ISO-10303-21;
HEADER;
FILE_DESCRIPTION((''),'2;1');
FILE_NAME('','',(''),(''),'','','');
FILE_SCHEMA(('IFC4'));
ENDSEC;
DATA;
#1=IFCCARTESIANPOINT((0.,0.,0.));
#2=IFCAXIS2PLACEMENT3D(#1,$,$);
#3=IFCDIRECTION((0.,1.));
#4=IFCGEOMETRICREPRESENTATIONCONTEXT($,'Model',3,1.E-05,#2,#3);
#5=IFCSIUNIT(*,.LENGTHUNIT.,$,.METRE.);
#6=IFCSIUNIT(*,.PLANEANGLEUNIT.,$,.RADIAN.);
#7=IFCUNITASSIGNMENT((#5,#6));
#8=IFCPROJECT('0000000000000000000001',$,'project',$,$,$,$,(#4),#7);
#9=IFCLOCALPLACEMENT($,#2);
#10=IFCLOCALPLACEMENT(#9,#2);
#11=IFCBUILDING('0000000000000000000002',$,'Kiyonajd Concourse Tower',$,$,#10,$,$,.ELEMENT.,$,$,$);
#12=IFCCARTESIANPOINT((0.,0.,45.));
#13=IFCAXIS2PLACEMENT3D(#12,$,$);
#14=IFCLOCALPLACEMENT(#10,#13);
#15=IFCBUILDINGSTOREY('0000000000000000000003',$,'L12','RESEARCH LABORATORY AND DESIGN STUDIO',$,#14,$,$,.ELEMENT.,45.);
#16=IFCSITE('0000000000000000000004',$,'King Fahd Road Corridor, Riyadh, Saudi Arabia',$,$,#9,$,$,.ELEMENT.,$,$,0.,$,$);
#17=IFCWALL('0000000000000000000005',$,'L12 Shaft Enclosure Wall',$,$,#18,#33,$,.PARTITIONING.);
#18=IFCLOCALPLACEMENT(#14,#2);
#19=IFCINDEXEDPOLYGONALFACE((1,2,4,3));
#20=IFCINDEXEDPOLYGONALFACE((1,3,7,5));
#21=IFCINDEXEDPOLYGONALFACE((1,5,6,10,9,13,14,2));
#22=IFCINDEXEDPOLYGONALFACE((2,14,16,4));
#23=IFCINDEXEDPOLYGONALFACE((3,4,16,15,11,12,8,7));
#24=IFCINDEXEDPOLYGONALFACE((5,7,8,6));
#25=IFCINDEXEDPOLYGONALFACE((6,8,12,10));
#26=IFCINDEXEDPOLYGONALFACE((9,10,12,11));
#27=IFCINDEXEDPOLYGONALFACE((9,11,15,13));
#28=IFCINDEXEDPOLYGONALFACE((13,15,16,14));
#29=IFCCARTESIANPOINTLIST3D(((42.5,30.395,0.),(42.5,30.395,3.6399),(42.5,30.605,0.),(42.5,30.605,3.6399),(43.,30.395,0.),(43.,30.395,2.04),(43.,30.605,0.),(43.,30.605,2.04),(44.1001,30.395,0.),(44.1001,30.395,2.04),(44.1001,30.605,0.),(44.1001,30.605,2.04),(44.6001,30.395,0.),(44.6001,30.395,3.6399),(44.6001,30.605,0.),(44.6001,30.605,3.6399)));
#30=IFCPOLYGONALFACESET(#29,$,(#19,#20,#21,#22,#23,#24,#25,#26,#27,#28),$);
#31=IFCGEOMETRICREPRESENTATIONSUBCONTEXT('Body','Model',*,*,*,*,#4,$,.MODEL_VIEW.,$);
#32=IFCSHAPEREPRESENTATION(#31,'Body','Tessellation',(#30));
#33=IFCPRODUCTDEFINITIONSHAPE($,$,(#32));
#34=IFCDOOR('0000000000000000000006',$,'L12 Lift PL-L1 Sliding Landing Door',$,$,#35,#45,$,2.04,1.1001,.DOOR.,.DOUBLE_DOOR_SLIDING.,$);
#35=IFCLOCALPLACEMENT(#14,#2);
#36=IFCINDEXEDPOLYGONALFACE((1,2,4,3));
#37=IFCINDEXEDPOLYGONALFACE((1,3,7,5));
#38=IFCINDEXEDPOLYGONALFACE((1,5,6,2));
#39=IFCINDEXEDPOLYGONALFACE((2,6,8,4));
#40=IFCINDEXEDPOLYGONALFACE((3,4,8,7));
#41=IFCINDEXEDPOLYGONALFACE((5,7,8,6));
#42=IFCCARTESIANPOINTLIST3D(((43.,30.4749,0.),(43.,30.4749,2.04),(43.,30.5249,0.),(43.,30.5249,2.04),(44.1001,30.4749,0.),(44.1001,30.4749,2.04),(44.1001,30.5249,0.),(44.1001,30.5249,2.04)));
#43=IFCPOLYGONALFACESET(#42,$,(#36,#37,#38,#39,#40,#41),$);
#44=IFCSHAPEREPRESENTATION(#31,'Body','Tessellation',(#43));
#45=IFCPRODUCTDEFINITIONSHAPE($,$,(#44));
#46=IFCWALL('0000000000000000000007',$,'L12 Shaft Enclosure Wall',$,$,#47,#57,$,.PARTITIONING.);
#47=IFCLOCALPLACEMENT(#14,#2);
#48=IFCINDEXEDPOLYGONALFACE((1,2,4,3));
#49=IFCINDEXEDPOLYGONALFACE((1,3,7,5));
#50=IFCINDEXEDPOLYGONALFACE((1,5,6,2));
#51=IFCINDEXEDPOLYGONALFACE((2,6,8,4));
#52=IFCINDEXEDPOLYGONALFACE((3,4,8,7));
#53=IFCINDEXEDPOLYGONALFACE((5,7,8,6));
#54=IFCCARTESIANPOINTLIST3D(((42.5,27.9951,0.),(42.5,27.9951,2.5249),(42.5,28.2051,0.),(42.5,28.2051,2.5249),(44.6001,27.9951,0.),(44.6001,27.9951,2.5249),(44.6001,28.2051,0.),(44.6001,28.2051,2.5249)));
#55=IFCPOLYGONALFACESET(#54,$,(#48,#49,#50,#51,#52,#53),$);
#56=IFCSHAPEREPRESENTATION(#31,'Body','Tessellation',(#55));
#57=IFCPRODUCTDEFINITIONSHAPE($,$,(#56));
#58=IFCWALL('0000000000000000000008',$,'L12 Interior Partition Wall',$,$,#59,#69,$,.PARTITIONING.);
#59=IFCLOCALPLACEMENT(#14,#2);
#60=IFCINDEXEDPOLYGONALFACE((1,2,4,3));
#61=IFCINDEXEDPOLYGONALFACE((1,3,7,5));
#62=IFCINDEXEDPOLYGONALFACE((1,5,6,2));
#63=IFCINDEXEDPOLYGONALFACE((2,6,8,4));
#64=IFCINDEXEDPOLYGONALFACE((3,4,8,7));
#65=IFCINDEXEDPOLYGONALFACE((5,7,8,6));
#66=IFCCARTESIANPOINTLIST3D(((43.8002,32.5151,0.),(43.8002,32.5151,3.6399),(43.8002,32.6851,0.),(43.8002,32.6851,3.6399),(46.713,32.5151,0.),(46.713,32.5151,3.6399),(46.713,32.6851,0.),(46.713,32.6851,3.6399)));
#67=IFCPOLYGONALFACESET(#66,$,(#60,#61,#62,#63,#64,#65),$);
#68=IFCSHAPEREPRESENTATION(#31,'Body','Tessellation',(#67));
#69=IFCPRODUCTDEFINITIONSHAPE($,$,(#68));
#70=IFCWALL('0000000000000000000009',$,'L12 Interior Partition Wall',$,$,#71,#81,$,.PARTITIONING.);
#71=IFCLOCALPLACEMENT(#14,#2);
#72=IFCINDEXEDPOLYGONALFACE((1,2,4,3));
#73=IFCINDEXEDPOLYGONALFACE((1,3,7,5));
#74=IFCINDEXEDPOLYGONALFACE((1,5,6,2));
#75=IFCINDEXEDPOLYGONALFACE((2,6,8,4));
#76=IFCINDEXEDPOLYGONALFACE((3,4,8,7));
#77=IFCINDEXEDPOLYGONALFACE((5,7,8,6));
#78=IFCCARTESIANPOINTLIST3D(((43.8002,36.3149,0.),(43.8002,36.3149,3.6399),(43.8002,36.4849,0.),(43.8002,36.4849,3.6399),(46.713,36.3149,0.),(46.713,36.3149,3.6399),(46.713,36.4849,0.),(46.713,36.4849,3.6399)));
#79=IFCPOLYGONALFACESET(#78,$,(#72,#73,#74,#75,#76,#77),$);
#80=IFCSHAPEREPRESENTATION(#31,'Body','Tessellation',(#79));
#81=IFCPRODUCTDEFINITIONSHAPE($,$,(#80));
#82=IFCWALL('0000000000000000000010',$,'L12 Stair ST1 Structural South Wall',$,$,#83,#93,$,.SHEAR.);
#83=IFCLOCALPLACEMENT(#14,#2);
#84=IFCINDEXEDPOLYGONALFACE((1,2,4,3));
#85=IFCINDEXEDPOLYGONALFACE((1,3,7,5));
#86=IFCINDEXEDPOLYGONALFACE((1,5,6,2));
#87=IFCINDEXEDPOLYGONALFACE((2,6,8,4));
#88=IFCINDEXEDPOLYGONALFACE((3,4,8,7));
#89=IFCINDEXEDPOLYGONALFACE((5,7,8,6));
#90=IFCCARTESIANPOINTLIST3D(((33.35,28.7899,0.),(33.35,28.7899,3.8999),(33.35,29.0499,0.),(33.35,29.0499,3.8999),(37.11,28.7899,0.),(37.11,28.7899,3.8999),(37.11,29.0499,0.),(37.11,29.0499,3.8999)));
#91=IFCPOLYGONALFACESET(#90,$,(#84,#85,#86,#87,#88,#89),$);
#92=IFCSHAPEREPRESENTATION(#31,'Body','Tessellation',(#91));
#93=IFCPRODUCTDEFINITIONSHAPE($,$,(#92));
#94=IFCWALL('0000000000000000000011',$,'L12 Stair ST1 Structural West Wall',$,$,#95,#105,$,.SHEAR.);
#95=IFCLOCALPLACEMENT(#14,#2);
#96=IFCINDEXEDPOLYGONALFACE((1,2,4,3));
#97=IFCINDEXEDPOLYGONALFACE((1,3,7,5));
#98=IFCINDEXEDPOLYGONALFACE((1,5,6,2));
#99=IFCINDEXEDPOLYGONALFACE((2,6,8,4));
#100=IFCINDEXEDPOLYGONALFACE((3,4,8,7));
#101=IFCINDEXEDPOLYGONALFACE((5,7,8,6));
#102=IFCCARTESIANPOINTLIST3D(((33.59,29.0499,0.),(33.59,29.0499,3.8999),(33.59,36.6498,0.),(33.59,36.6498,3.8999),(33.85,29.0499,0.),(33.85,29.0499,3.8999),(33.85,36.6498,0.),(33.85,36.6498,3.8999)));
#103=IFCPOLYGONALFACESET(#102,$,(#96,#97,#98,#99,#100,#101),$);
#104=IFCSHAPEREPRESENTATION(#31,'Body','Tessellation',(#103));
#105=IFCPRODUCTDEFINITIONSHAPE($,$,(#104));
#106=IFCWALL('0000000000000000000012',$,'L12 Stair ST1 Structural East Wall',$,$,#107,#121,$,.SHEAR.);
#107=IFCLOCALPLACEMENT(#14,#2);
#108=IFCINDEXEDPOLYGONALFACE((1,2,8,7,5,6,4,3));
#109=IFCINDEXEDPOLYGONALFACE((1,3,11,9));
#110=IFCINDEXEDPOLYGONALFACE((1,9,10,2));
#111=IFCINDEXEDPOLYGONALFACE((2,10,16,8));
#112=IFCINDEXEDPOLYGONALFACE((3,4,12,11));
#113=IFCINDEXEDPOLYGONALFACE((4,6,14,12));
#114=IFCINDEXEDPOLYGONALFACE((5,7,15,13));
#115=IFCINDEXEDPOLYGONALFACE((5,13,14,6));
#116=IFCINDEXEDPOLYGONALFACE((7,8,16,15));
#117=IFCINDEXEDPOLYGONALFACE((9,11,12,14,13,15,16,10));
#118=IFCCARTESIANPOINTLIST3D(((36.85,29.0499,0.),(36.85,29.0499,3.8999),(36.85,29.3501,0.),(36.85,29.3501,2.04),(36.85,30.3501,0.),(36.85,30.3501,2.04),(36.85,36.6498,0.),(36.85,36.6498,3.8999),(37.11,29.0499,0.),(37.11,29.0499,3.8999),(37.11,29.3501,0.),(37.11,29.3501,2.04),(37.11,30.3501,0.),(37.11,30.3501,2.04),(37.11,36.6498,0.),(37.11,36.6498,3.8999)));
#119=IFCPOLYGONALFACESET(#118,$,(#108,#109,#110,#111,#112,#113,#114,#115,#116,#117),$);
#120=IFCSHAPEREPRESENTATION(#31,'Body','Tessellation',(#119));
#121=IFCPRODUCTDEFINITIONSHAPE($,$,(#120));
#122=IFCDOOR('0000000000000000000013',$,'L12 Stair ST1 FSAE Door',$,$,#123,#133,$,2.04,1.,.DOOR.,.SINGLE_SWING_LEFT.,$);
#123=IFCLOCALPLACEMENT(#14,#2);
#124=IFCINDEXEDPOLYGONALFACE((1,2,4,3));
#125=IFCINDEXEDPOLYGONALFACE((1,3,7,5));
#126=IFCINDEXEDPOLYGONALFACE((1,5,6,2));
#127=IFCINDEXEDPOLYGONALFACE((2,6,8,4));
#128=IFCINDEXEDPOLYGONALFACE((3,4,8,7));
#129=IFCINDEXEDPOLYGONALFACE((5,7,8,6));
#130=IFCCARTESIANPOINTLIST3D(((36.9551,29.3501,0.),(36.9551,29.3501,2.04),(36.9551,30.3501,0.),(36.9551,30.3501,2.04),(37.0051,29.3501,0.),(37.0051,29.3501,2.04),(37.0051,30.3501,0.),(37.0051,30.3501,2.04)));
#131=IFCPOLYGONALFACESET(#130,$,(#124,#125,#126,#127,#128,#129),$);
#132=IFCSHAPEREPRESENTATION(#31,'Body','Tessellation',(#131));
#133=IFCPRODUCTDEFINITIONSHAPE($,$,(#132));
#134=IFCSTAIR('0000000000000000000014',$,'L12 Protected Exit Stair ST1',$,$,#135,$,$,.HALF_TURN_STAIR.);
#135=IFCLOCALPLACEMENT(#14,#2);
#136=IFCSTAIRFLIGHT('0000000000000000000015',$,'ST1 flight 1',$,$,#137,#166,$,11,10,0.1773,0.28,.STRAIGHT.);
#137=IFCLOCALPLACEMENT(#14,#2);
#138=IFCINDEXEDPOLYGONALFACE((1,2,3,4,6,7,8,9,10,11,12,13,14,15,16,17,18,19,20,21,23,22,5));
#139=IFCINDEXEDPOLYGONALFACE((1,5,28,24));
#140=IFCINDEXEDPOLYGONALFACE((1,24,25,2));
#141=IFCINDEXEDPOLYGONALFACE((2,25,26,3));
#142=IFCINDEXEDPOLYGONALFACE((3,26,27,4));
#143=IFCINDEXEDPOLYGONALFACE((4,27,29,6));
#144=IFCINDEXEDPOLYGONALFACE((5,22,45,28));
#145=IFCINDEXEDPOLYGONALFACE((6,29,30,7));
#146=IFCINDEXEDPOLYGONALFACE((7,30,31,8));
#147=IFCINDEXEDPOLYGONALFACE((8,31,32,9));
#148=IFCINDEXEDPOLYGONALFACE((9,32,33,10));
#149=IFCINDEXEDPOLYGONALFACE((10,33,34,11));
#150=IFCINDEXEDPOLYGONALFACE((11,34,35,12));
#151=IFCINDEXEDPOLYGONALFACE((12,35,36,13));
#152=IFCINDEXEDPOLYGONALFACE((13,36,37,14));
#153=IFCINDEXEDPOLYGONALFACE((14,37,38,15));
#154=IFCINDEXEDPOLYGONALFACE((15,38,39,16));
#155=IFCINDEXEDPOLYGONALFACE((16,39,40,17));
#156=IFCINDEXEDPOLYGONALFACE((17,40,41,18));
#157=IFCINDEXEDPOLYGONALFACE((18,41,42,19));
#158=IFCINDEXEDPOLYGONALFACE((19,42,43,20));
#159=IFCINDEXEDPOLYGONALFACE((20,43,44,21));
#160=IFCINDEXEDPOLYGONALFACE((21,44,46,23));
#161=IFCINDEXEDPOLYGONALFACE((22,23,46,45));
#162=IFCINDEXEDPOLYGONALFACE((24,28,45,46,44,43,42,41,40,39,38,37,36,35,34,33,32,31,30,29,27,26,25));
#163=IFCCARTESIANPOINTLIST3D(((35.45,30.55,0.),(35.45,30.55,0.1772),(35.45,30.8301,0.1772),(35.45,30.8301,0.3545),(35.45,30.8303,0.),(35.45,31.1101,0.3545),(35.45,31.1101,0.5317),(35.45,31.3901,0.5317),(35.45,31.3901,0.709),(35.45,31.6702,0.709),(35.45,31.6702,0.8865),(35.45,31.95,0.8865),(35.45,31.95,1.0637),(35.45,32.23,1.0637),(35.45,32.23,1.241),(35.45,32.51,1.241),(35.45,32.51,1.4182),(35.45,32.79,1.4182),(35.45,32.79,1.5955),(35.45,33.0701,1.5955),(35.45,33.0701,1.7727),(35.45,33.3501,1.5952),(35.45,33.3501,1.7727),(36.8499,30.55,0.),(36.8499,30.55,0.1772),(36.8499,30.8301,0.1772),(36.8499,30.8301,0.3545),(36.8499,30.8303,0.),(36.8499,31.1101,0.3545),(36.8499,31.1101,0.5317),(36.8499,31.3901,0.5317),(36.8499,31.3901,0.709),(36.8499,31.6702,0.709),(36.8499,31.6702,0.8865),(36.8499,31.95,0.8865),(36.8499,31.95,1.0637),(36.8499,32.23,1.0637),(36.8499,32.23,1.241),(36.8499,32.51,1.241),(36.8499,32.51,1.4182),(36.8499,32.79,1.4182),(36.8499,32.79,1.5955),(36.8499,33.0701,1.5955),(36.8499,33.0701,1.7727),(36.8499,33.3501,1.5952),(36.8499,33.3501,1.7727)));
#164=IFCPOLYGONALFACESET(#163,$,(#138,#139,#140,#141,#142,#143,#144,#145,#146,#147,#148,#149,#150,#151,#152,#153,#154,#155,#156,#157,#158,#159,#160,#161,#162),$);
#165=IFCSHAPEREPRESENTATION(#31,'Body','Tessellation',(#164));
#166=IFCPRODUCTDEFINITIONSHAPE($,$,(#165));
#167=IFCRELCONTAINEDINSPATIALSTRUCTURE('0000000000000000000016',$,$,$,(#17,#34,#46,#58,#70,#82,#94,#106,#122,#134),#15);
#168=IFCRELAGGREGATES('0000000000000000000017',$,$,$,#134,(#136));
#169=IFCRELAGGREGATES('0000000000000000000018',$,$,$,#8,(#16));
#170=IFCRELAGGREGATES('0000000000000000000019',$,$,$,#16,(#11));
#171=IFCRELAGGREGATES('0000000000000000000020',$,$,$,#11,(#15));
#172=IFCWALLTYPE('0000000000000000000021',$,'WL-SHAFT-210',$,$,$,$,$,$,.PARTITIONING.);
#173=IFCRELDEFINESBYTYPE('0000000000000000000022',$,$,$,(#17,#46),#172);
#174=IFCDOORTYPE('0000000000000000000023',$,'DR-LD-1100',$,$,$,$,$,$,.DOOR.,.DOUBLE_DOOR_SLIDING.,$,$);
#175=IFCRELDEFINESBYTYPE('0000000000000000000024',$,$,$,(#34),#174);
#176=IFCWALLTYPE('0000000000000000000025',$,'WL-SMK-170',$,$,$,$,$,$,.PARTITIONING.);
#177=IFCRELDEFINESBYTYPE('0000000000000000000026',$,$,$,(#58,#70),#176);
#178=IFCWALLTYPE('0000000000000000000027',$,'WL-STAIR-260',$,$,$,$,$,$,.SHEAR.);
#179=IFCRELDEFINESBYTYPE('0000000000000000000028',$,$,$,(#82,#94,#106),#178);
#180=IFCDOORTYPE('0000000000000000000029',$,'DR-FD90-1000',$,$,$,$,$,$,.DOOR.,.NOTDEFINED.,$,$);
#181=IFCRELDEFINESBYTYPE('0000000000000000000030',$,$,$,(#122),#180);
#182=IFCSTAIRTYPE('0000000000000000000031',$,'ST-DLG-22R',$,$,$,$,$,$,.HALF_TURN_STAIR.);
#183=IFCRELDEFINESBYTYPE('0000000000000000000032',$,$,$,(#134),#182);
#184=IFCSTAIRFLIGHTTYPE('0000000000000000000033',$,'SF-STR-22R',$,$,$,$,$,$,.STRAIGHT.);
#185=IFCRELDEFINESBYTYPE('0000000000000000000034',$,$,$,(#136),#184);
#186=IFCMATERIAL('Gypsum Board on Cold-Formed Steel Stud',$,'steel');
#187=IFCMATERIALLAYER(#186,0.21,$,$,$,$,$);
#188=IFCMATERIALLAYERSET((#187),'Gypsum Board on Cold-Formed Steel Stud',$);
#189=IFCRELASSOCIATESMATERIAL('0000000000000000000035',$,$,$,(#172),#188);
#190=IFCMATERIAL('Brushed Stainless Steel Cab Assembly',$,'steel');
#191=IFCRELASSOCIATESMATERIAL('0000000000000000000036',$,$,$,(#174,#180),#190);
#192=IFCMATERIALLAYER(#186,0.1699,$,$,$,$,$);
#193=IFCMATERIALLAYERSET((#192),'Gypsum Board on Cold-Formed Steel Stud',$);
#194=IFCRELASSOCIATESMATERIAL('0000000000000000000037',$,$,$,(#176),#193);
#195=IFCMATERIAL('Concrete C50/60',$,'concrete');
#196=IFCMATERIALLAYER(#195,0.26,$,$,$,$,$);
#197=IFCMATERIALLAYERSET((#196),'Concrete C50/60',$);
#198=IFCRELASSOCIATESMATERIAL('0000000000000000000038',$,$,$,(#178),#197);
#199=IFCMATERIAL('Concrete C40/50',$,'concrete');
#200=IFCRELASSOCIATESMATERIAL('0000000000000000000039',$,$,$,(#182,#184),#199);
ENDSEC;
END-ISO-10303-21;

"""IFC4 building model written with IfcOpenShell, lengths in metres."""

from ifc_helpers import new_model, si_unit, direction, frame, frame_2d, origin, place, context, subcontext, project, spatial, polyline, rectangle, outline, extrude, material, layer, layer_set, type_object, element, fill, aggregate, save


model = new_model("IFC4")

# Units and contexts
model_context = context("Model", 3, precision=1e-05, world=origin(), true_north=direction((0.0, 1.0)))
body_context = subcontext(model_context, "Body", "Model", "MODEL_VIEW")
ifc_project = project(units=[si_unit("LENGTHUNIT", "METRE"), si_unit("PLANEANGLEUNIT", "RADIAN")], contexts=[model_context])

# Site, building, storey
site_placement = place(None, origin())
site = spatial("IfcSite", under=ifc_project, at=site_placement, Name="King Fahd Road Corridor, Riyadh, Saudi Arabia", CompositionType="ELEMENT", RefElevation=0.0)
building_placement = place(site_placement, origin())
building = spatial("IfcBuilding", under=site, at=building_placement, Name="Kiyonajd Concourse Tower", CompositionType="ELEMENT")
storey_placement = place(building_placement, frame((0.0, 0.0, 45.0)))
storey = spatial("IfcBuildingStorey", under=building, at=storey_placement, Name="L12", Description="RESEARCH LABORATORY AND DESIGN STUDIO", CompositionType="ELEMENT", Elevation=45.0)

# Shared definitions
ifc_material_1 = material(Name="Concrete C50/60", Category="concrete")

# Shared definitions
ifc_material_2 = material(Name="Gypsum Board on Cold-Formed Steel Stud", Category="steel")

# Shared definitions
ifc_layer_1 = layer(ifc_material_2, 0.21)
ifc_layer_set_1 = layer_set([ifc_layer_1], Name="Gypsum Board on Cold-Formed Steel Stud")
wall_type_1 = type_object("IfcWallType", Name="WL-SHAFT-210", PredefinedType="PARTITIONING", material=ifc_layer_set_1)
ifc_material_3 = material(Name="Brushed Stainless Steel Cab Assembly", Category="steel")

# Wall, opening, door
wall_1_placement = place(storey_placement, frame((42.5, 30.5, 0.0), z_axis=(0.0, 0.0, 1.0), x_axis=(1.0, 0.0, 0.0)))
wall_1 = element("IfcWall", 1, at=wall_1_placement, inside=storey, type_object=wall_type_1, Name="L12 Shaft Enclosure Wall", PredefinedType="PARTITIONING", context=body_context, shape_type="SweptSolid", body=[
    extrude(rectangle(XDim=2.1001, YDim=0.21, at=frame_2d((1.05, 0.0))), origin(), (0.0, 0.0, 1.0), 3.6399),
])
opening_1_placement = place(wall_1_placement, frame((0.5, 0.0, 0.0)))
opening_1 = element("IfcOpeningElement", 2, at=opening_1_placement, cuts=wall_1, PredefinedType="OPENING", context=body_context, shape_type="SweptSolid", body=[
    extrude(rectangle(XDim=1.1001, YDim=2.04, at=frame_2d((0.55, 1.02))), frame((0.0, 0.115, 0.0), z_axis=(0.0, -1.0, 0.0), x_axis=(1.0, 0.0, 0.0)), (0.0, 0.0, 1.0), 0.23),
])
door_type_1 = type_object("IfcDoorType", Name="DR-LD-1100", OperationType="DOUBLE_DOOR_SLIDING", PredefinedType="DOOR", material=ifc_material_3)
door_1_placement = place(opening_1_placement, origin())
door_1 = element("IfcDoor", 3, at=door_1_placement, inside=storey, type_object=door_type_1, Name="L12 Lift PL-L1 Sliding Landing Door", OperationType="DOUBLE_DOOR_SLIDING", OverallHeight=2.04, OverallWidth=1.1001, PredefinedType="DOOR", context=body_context, shape_type="SweptSolid", body=[
    extrude(rectangle(XDim=1.1001, YDim=2.04, at=frame_2d((0.55, 1.02))), frame((0.0, 0.0249, 0.0), z_axis=(0.0, -1.0, 0.0), x_axis=(1.0, 0.0, 0.0)), (0.0, 0.0, 1.0), 0.05),
])
fill(opening_1, door_1)

# Walls
wall_2_placement = place(storey_placement, frame((42.5, 28.1001, 0.0), z_axis=(0.0, 0.0, 1.0), x_axis=(1.0, 0.0, 0.0)))
element("IfcWall", 4, at=wall_2_placement, inside=storey, type_object=wall_type_1, Name="L12 Shaft Enclosure Wall", PredefinedType="PARTITIONING", context=body_context, shape_type="SweptSolid", body=[
    extrude(rectangle(XDim=2.1001, YDim=0.21, at=frame_2d((1.05, 0.0))), origin(), (0.0, 0.0, 1.0), 2.5249),
])
ifc_layer_2 = layer(ifc_material_2, 0.1699)
ifc_layer_set_2 = layer_set([ifc_layer_2], Name="Gypsum Board on Cold-Formed Steel Stud")
wall_type_2 = type_object("IfcWallType", Name="WL-SMK-170", PredefinedType="PARTITIONING", material=ifc_layer_set_2)
for number, where, z_axis, x_axis, name in (
    (5, (43.8, 32.6001, 0.0), (0.0, 0.0, 1.0), (1.0, 0.0, 0.0), "L12 Interior Partition Wall"),
    (6, (43.8, 36.3999, 0.0), (0.0, 0.0, 1.0), (1.0, 0.0, 0.0), "L12 Interior Partition Wall"),
):
    element("IfcWall", number, at=place(storey_placement, frame(where, z_axis=z_axis, x_axis=x_axis)), inside=storey, type_object=wall_type_2, Name=name, PredefinedType="PARTITIONING", context=body_context, shape_type="SweptSolid", body=[
        extrude(rectangle(XDim=2.9128, YDim=0.1699, at=frame_2d((1.4565, 0.0))), origin(), (0.0, 0.0, 1.0), 3.6399),
    ])
ifc_layer_3 = layer(ifc_material_1, 0.26)
ifc_layer_set_3 = layer_set([ifc_layer_3], Name="Concrete C50/60")
wall_type_3 = type_object("IfcWallType", Name="WL-STAIR-260", PredefinedType="SHEAR", material=ifc_layer_set_3)
wall_3_placement = place(storey_placement, frame((33.3501, 28.9199, 0.0), z_axis=(0.0, 0.0, 1.0), x_axis=(1.0, 0.0, 0.0)))
element("IfcWall", 7, at=wall_3_placement, inside=storey, type_object=wall_type_3, Name="L12 Stair ST1 Structural South Wall", PredefinedType="SHEAR", context=body_context, shape_type="SweptSolid", body=[
    extrude(rectangle(XDim=3.76, YDim=0.26, at=frame_2d((1.8799, 0.0))), origin(), (0.0, 0.0, 1.0), 3.8999),
])
wall_4_placement = place(storey_placement, frame((33.72, 29.05, 0.0), z_axis=(0.0, 0.0, 1.0), x_axis=(0.0, 1.0, 0.0)))
element("IfcWall", 8, at=wall_4_placement, inside=storey, type_object=wall_type_3, Name="L12 Stair ST1 Structural West Wall", PredefinedType="SHEAR", context=body_context, shape_type="SweptSolid", body=[
    extrude(rectangle(XDim=7.5999, YDim=0.26, at=frame_2d((3.7998, 0.0))), origin(), (0.0, 0.0, 1.0), 3.8999),
])

# Wall, opening, door
wall_5_placement = place(storey_placement, frame((36.98, 29.05, 0.0), z_axis=(0.0, 0.0, 1.0), x_axis=(0.0, 1.0, 0.0)))
wall_5 = element("IfcWall", 9, at=wall_5_placement, inside=storey, type_object=wall_type_3, Name="L12 Stair ST1 Structural East Wall", PredefinedType="SHEAR", context=body_context, shape_type="SweptSolid", body=[
    extrude(rectangle(XDim=7.5999, YDim=0.26, at=frame_2d((3.7998, 0.0))), origin(), (0.0, 0.0, 1.0), 3.8999),
])
opening_2_placement = place(wall_5_placement, frame((0.3, 0.0, 0.0)))
opening_2 = element("IfcOpeningElement", 10, at=opening_2_placement, cuts=wall_5, PredefinedType="OPENING", context=body_context, shape_type="SweptSolid", body=[
    extrude(rectangle(XDim=1.0, YDim=2.04, at=frame_2d((0.5, 1.02))), frame((0.0, 0.1399, 0.0), z_axis=(0.0, -1.0, 0.0), x_axis=(1.0, 0.0, 0.0)), (0.0, 0.0, 1.0), 0.28),
])
door_type_2 = type_object("IfcDoorType", Name="DR-FD90-1000", OperationType="NOTDEFINED", PredefinedType="DOOR", material=ifc_material_3)
door_2_placement = place(opening_2_placement, origin())
door_2 = element("IfcDoor", 11, at=door_2_placement, inside=storey, type_object=door_type_2, Name="L12 Stair ST1 FSAE Door", OperationType="SINGLE_SWING_LEFT", OverallHeight=2.04, OverallWidth=1.0, PredefinedType="DOOR", context=body_context, shape_type="SweptSolid", body=[
    extrude(rectangle(XDim=1.0, YDim=2.04, at=frame_2d((0.5, 1.02))), frame((0.0, 0.0249, 0.0), z_axis=(0.0, -1.0, 0.0), x_axis=(1.0, 0.0, 0.0)), (0.0, 0.0, 1.0), 0.05),
])
fill(opening_2, door_2)

# Stair, stair flight
ifc_material_4 = material(Name="Concrete C40/50", Category="concrete")
stair_type = type_object("IfcStairType", Name="ST-DLG-22R", PredefinedType="HALF_TURN_STAIR", material=ifc_material_4)
stair_placement = place(storey_placement, origin())
stair = element("IfcStair", 12, at=stair_placement, inside=storey, type_object=stair_type, Name="L12 Protected Exit Stair ST1", PredefinedType="HALF_TURN_STAIR")
stair_flight_type = type_object("IfcStairFlightType", Name="SF-STR-22R", PredefinedType="STRAIGHT", material=ifc_material_4)
stair_flight_1_placement = place(storey_placement, frame((36.1499, 30.55, 0.0), z_axis=(0.0, 0.0, 1.0), x_axis=(0.0, 1.0, 0.0)))
stair_flight_1 = element("IfcStairFlight", 13, at=stair_flight_1_placement, type_object=stair_flight_type, Name="ST1 flight 1", NumberOfRisers=11, NumberOfTreads=10, PredefinedType="STRAIGHT", RiserHeight=0.1773, TreadLength=0.28, context=body_context, shape_type="SweptSolid", body=[
    extrude(outline(polyline([(0.0, 0.0), (0.0, 0.1772), (0.28, 0.1772), (0.28, 0.3545), (0.5601, 0.3545), (0.5601, 0.5317), (0.8401, 0.5317), (0.8401, 0.709), (1.1201, 0.709), (1.1201, 0.8865), (1.3999, 0.8865), (1.3999, 1.0637), (1.6799, 1.0637), (1.6799, 1.241), (1.96, 1.241), (1.96, 1.4182), (2.24, 1.4182), (2.24, 1.5955), (2.52, 1.5955), (2.52, 1.7727), (2.8, 1.7727), (2.8, 1.95), (2.8, 1.5952), (0.2803, 0.0), (0.0, 0.0)])), frame((0.0, 0.7, 0.0), z_axis=(0.0, -1.0, 0.0), x_axis=(1.0, 0.0, 0.0)), (0.0, 0.0, 1.0), 1.3999),
])
aggregate(stair, [stair_flight_1])

save(model, "model.ifc")
